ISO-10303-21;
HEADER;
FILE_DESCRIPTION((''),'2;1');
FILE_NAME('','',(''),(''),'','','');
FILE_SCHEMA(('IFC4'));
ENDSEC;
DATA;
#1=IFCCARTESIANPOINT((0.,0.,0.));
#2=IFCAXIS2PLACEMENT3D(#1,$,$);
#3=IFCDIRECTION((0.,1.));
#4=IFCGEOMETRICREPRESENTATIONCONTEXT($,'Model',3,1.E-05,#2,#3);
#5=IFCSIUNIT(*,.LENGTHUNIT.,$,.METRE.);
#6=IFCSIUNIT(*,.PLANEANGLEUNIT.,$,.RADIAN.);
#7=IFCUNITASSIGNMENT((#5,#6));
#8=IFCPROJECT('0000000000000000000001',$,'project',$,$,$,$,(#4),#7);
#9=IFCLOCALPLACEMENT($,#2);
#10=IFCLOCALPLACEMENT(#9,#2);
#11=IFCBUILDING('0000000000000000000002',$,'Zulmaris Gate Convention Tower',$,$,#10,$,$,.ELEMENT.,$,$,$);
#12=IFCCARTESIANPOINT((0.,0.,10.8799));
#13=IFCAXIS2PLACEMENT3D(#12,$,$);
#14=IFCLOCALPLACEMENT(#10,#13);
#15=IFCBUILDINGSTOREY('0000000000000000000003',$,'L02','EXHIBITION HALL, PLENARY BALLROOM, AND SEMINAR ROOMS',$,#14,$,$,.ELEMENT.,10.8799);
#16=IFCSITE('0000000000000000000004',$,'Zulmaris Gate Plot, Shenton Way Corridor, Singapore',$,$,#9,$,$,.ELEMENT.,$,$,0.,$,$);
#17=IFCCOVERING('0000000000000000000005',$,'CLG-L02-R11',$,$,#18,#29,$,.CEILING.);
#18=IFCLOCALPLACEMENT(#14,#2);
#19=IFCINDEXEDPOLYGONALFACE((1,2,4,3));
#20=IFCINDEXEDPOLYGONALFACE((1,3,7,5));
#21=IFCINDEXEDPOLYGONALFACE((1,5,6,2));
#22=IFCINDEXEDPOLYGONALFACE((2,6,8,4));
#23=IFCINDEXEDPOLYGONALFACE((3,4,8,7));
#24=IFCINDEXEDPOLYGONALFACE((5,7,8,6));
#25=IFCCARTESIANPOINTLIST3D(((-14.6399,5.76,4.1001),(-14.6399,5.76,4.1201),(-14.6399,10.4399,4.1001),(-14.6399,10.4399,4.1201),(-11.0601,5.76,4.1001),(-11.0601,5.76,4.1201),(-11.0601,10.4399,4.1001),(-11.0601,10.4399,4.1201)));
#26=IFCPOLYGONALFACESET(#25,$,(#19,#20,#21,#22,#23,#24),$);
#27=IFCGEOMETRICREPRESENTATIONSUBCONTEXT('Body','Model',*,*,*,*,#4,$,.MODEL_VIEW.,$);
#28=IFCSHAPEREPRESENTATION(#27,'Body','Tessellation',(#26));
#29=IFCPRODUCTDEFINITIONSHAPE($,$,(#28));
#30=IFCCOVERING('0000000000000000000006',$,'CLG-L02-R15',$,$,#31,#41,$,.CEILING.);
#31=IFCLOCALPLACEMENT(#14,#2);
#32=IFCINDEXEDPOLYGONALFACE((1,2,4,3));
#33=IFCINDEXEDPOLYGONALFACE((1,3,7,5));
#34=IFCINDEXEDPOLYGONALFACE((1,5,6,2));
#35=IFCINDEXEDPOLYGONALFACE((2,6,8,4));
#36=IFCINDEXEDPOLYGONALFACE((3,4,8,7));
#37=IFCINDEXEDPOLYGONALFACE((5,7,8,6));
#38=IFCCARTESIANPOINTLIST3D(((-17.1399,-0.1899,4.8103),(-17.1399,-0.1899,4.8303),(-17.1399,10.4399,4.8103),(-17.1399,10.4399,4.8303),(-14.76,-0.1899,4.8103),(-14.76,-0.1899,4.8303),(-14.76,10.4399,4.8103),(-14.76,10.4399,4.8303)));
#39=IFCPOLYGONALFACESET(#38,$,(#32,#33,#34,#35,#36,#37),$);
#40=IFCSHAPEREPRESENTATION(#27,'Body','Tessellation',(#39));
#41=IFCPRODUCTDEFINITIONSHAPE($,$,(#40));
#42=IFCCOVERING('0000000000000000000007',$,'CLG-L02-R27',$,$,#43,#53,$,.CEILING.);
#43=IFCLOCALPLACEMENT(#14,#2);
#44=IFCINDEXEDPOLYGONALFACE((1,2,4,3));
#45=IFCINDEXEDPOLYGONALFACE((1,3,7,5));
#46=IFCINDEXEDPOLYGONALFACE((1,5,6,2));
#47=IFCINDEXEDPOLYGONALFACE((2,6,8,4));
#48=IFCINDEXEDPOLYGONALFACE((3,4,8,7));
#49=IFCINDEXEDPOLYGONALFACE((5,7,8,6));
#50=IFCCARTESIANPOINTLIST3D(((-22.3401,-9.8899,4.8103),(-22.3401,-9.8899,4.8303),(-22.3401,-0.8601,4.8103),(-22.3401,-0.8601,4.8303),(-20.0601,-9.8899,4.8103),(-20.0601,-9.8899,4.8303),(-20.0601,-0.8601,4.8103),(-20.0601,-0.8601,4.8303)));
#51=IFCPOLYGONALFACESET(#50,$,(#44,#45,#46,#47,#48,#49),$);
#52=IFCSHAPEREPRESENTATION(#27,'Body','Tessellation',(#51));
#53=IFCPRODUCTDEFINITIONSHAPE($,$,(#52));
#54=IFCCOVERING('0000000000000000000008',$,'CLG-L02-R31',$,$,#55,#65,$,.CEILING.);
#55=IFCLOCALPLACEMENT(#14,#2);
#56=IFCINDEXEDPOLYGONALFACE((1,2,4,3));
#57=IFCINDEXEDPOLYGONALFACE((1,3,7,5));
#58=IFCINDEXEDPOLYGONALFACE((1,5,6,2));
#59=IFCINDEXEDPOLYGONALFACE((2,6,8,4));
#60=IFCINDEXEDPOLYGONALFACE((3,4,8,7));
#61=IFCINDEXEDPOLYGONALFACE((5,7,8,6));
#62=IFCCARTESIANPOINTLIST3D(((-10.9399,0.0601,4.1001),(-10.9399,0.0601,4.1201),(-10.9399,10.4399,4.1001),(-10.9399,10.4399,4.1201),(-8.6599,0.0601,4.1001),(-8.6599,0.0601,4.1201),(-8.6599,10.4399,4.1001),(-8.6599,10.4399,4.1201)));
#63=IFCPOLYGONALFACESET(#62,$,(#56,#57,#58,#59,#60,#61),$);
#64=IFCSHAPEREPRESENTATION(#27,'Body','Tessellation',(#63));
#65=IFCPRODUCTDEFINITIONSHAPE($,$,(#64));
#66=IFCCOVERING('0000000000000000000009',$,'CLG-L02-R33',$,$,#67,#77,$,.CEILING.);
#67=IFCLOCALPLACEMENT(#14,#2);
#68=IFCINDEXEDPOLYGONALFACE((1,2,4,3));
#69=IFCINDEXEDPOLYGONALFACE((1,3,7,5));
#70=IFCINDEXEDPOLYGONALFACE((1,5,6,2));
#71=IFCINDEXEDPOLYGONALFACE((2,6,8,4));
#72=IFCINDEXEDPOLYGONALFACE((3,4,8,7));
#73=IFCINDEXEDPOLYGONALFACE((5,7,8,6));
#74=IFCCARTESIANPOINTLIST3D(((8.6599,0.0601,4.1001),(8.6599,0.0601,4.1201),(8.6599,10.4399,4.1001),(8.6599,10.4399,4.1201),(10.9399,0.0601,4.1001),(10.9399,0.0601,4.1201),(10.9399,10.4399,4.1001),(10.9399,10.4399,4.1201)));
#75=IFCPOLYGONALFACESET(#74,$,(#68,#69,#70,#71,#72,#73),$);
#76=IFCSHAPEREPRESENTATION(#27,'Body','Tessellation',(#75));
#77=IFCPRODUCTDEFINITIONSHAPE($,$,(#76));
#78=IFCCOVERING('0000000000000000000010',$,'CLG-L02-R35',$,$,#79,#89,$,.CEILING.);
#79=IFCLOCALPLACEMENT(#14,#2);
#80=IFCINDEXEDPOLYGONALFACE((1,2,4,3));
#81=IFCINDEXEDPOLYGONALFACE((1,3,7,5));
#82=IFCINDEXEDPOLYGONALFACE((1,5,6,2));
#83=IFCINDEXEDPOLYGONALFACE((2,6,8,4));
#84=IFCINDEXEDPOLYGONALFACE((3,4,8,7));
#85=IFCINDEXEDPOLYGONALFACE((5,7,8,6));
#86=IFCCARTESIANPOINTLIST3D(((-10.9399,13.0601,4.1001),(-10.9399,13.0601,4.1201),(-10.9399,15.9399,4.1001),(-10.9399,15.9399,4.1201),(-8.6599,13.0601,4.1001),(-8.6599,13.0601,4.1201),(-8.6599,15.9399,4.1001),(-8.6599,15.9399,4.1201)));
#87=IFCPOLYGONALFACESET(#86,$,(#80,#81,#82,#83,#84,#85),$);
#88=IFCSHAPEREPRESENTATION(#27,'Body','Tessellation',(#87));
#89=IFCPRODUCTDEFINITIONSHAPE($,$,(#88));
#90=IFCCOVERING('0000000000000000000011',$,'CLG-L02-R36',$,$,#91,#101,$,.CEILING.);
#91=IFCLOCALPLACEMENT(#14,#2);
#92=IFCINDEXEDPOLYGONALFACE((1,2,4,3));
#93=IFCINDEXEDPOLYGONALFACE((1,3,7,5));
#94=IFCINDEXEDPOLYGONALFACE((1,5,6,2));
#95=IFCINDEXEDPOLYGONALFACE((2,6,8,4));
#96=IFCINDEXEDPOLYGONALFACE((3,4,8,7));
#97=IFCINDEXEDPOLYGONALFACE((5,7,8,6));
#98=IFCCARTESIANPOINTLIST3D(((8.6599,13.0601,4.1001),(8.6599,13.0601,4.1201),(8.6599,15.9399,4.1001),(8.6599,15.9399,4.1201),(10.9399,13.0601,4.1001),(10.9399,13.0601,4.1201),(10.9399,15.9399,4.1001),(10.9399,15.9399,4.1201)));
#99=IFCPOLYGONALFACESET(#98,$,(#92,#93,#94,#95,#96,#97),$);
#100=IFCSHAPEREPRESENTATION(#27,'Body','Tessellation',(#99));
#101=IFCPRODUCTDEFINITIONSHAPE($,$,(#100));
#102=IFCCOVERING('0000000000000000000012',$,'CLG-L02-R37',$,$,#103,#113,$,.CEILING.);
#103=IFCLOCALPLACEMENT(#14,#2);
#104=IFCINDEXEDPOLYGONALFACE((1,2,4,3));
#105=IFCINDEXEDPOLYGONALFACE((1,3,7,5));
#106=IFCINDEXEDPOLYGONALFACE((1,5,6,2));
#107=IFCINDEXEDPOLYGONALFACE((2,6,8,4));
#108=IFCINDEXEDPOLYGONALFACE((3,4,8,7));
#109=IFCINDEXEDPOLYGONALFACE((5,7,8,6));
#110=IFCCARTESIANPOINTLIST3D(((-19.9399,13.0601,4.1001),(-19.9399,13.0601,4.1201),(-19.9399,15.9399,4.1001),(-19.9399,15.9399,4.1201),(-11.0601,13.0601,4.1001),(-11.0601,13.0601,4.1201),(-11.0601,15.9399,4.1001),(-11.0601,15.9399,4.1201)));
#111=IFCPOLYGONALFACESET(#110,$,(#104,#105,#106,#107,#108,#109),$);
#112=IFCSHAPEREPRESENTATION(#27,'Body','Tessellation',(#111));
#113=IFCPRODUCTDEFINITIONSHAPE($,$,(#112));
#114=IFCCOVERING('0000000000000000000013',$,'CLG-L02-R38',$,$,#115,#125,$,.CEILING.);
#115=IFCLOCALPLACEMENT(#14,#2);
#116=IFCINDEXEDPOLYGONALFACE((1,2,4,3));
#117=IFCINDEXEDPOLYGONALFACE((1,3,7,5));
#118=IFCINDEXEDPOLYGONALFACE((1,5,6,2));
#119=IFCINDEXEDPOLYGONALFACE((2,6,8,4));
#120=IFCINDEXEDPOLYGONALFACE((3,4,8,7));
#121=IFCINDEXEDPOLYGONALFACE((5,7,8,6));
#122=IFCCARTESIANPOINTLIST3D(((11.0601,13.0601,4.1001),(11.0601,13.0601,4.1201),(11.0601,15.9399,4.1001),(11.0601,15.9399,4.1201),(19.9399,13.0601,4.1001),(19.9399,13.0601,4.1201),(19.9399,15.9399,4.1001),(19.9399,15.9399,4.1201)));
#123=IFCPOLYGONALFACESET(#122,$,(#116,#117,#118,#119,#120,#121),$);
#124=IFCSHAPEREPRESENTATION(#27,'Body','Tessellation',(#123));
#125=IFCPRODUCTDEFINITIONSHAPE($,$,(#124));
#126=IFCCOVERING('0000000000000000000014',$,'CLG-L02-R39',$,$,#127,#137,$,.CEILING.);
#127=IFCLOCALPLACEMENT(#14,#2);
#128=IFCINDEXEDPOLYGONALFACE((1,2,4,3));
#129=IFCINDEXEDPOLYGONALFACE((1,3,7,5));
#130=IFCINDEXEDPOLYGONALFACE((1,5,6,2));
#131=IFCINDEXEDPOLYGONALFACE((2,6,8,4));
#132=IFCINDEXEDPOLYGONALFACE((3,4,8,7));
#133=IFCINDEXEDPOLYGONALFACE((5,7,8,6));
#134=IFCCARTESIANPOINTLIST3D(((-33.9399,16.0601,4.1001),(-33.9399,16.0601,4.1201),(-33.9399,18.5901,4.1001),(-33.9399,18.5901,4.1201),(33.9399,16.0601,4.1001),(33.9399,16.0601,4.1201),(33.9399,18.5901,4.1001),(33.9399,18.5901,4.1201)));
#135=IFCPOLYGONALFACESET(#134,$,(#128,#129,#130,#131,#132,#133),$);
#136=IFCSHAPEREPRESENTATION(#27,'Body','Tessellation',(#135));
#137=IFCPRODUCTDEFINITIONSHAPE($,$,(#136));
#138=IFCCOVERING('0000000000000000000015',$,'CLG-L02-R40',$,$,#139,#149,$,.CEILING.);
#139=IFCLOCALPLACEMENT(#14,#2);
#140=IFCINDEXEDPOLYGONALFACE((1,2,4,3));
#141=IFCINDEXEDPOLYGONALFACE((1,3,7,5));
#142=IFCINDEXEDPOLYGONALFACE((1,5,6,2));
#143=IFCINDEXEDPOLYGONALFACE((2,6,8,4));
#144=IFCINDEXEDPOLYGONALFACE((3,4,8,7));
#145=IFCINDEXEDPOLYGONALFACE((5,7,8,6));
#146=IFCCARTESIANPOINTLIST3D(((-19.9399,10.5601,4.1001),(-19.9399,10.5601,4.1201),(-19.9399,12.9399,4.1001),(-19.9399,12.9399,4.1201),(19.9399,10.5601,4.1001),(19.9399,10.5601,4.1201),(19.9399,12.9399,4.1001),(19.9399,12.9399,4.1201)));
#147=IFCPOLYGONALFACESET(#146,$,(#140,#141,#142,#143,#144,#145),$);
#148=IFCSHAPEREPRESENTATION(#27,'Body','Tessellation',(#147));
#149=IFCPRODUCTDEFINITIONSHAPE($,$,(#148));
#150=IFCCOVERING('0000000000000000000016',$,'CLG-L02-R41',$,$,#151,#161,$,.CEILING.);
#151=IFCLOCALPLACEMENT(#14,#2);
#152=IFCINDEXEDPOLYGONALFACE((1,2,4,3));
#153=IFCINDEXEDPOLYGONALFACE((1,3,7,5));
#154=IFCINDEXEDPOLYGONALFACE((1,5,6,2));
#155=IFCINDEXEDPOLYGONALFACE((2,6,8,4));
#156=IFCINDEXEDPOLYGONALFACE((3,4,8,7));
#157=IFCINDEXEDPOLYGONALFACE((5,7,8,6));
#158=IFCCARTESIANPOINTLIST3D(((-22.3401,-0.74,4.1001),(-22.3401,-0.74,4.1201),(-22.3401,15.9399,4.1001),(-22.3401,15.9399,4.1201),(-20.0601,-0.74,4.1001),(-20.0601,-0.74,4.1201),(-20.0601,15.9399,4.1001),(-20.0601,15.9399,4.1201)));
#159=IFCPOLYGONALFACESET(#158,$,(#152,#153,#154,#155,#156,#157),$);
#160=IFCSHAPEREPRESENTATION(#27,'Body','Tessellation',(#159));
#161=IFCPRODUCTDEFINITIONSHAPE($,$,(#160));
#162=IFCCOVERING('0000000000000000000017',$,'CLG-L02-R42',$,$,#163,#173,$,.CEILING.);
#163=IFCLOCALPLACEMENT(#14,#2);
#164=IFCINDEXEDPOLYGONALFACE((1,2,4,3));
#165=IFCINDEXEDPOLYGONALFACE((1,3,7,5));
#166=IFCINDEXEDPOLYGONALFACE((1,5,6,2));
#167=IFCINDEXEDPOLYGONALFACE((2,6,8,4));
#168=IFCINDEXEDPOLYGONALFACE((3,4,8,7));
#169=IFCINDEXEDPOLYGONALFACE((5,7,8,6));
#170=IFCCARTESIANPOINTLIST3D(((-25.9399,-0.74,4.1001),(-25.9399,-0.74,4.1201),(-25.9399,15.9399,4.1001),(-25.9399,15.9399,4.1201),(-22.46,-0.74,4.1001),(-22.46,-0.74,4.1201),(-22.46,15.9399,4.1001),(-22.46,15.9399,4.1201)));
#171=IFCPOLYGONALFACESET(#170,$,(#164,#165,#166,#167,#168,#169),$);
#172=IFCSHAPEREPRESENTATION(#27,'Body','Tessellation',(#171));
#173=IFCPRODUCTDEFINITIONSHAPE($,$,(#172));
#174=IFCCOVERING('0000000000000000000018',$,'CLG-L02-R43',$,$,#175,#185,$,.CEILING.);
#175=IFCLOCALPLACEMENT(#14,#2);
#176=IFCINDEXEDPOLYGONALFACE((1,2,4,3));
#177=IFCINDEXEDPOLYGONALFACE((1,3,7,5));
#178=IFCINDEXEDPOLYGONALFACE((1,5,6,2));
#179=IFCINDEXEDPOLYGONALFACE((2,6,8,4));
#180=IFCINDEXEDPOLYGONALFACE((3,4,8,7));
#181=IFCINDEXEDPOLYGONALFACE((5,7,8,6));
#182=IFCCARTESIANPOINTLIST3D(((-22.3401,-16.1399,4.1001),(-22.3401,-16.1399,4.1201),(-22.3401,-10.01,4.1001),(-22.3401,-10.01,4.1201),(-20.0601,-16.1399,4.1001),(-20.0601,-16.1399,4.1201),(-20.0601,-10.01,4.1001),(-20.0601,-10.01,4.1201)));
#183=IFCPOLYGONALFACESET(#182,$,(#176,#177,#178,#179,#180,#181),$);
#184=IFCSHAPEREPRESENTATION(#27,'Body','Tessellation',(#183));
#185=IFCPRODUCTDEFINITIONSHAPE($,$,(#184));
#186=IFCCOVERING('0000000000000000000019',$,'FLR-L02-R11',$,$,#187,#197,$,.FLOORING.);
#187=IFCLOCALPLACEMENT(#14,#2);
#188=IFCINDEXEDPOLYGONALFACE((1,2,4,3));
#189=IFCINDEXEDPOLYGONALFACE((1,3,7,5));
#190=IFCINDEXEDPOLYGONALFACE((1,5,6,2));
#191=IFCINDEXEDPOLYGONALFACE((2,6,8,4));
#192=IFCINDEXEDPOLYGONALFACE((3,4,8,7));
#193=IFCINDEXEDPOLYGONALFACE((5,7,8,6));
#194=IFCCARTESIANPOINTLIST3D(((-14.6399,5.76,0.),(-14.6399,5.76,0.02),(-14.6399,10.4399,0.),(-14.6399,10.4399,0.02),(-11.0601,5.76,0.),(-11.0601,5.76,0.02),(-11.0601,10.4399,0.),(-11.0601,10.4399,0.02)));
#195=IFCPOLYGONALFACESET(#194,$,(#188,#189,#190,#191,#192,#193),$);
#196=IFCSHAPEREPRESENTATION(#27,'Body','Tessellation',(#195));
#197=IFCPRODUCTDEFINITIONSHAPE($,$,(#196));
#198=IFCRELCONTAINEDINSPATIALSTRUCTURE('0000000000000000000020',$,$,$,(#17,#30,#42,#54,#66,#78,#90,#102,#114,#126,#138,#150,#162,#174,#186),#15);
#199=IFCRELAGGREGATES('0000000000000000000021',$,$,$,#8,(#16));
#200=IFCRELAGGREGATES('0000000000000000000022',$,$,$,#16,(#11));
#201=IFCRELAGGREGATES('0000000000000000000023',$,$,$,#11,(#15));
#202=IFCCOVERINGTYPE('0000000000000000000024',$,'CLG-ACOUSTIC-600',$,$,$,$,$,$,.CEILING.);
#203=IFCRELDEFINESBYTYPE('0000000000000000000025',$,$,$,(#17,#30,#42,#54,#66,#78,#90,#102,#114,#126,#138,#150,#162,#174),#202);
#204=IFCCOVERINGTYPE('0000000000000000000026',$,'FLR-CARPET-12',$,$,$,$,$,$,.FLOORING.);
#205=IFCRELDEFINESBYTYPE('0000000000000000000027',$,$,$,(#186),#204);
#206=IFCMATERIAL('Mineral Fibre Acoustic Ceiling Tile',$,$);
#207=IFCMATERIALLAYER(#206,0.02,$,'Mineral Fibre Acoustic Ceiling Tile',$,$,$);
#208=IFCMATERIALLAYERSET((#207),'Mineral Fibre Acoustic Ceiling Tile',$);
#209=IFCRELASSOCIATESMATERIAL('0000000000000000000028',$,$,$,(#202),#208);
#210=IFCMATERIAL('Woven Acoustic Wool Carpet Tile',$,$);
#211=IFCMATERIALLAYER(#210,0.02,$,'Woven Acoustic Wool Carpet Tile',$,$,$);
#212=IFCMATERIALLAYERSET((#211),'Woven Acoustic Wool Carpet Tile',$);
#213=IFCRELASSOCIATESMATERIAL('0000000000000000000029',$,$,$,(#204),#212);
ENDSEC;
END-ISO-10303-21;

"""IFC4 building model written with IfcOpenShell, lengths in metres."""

from ifc_helpers import new_model, si_unit, direction, frame, origin, place, context, subcontext, project, spatial, polyline, outline, extrude, material, layer, layer_set, type_object, element, save


model = new_model("IFC4")

# Units and contexts
model_context = context("Model", 3, precision=1e-05, world=origin(), true_north=direction((0.0, 1.0)))
body_context = subcontext(model_context, "Body", "Model", "MODEL_VIEW")
ifc_project = project(units=[si_unit("LENGTHUNIT", "METRE"), si_unit("PLANEANGLEUNIT", "RADIAN")], contexts=[model_context])

# Site, building, storey
site_placement = place(None, origin())
site = spatial("IfcSite", under=ifc_project, at=site_placement, Name="Zulmaris Gate Plot, Shenton Way Corridor, Singapore", CompositionType="ELEMENT", RefElevation=0.0)
building_placement = place(site_placement, origin())
building = spatial("IfcBuilding", under=site, at=building_placement, Name="Zulmaris Gate Convention Tower", CompositionType="ELEMENT")
storey_placement = place(building_placement, frame((0.0, 0.0, 10.8799)))
storey = spatial("IfcBuildingStorey", under=building, at=storey_placement, Name="L02", Description="EXHIBITION HALL, PLENARY BALLROOM, AND SEMINAR ROOMS", CompositionType="ELEMENT", Elevation=10.8799)

# Coverings
ifc_material_1 = material(Name="Mineral Fibre Acoustic Ceiling Tile")
ifc_layer_1 = layer(ifc_material_1, 0.02, Name="Mineral Fibre Acoustic Ceiling Tile")
ifc_layer_set_1 = layer_set([ifc_layer_1], Name="Mineral Fibre Acoustic Ceiling Tile")
covering_type_1 = type_object("IfcCoveringType", Name="CLG-ACOUSTIC-600", PredefinedType="CEILING", material=ifc_layer_set_1)
covering_1_placement = place(storey_placement, frame((0.0, 0.0, 4.1001)))
element("IfcCovering", 1, at=covering_1_placement, inside=storey, type_object=covering_type_1, Name="CLG-L02-R11", PredefinedType="CEILING", context=body_context, shape_type="SweptSolid", body=[
    extrude(outline(polyline([(-14.6399, 5.76), (-11.0601, 5.76), (-11.0601, 10.4399), (-14.6399, 10.4399), (-14.6399, 5.76)])), origin(), (0.0, 0.0, 1.0), 0.02),
])
covering_2_placement = place(storey_placement, frame((0.0, 0.0, 4.8103)))
element("IfcCovering", 2, at=covering_2_placement, inside=storey, type_object=covering_type_1, Name="CLG-L02-R15", PredefinedType="CEILING", context=body_context, shape_type="SweptSolid", body=[
    extrude(outline(polyline([(-17.1399, -0.1899), (-14.76, -0.1899), (-14.76, 10.4399), (-17.1399, 10.4399), (-17.1399, -0.1899)])), origin(), (0.0, 0.0, 1.0), 0.02),
])
covering_3_placement = place(storey_placement, frame((0.0, 0.0, 4.8103)))
element("IfcCovering", 3, at=covering_3_placement, inside=storey, type_object=covering_type_1, Name="CLG-L02-R27", PredefinedType="CEILING", context=body_context, shape_type="SweptSolid", body=[
    extrude(outline(polyline([(-22.3401, -9.8899), (-20.0601, -9.8899), (-20.0601, -0.8601), (-22.3401, -0.8601), (-22.3401, -9.8899)])), origin(), (0.0, 0.0, 1.0), 0.02),
])
covering_4_placement = place(storey_placement, frame((0.0, 0.0, 4.1001)))
element("IfcCovering", 4, at=covering_4_placement, inside=storey, type_object=covering_type_1, Name="CLG-L02-R31", PredefinedType="CEILING", context=body_context, shape_type="SweptSolid", body=[
    extrude(outline(polyline([(-10.9399, 0.0601), (-8.6599, 0.0601), (-8.6599, 10.4399), (-10.9399, 10.4399), (-10.9399, 0.0601)])), origin(), (0.0, 0.0, 1.0), 0.02),
])
covering_5_placement = place(storey_placement, frame((0.0, 0.0, 4.1001)))
element("IfcCovering", 5, at=covering_5_placement, inside=storey, type_object=covering_type_1, Name="CLG-L02-R33", PredefinedType="CEILING", context=body_context, shape_type="SweptSolid", body=[
    extrude(outline(polyline([(8.6599, 0.0601), (10.9399, 0.0601), (10.9399, 10.4399), (8.6599, 10.4399), (8.6599, 0.0601)])), origin(), (0.0, 0.0, 1.0), 0.02),
])
covering_6_placement = place(storey_placement, frame((0.0, 0.0, 4.1001)))
element("IfcCovering", 6, at=covering_6_placement, inside=storey, type_object=covering_type_1, Name="CLG-L02-R35", PredefinedType="CEILING", context=body_context, shape_type="SweptSolid", body=[
    extrude(outline(polyline([(-10.9399, 13.0601), (-8.6599, 13.0601), (-8.6599, 15.9399), (-10.9399, 15.9399), (-10.9399, 13.0601)])), origin(), (0.0, 0.0, 1.0), 0.02),
])
covering_7_placement = place(storey_placement, frame((0.0, 0.0, 4.1001)))
element("IfcCovering", 7, at=covering_7_placement, inside=storey, type_object=covering_type_1, Name="CLG-L02-R36", PredefinedType="CEILING", context=body_context, shape_type="SweptSolid", body=[
    extrude(outline(polyline([(8.6599, 13.0601), (10.9399, 13.0601), (10.9399, 15.9399), (8.6599, 15.9399), (8.6599, 13.0601)])), origin(), (0.0, 0.0, 1.0), 0.02),
])
covering_8_placement = place(storey_placement, frame((0.0, 0.0, 4.1001)))
element("IfcCovering", 8, at=covering_8_placement, inside=storey, type_object=covering_type_1, Name="CLG-L02-R37", PredefinedType="CEILING", context=body_context, shape_type="SweptSolid", body=[
    extrude(outline(polyline([(-19.9399, 13.0601), (-11.0601, 13.0601), (-11.0601, 15.9399), (-19.9399, 15.9399), (-19.9399, 13.0601)])), origin(), (0.0, 0.0, 1.0), 0.02),
])
covering_9_placement = place(storey_placement, frame((0.0, 0.0, 4.1001)))
element("IfcCovering", 9, at=covering_9_placement, inside=storey, type_object=covering_type_1, Name="CLG-L02-R38", PredefinedType="CEILING", context=body_context, shape_type="SweptSolid", body=[
    extrude(outline(polyline([(11.0601, 13.0601), (19.9399, 13.0601), (19.9399, 15.9399), (11.0601, 15.9399), (11.0601, 13.0601)])), origin(), (0.0, 0.0, 1.0), 0.02),
])
covering_10_placement = place(storey_placement, frame((0.0, 0.0, 4.1001)))
element("IfcCovering", 10, at=covering_10_placement, inside=storey, type_object=covering_type_1, Name="CLG-L02-R39", PredefinedType="CEILING", context=body_context, shape_type="SweptSolid", body=[
    extrude(outline(polyline([(-33.9399, 16.0601), (33.9399, 16.0601), (33.9399, 18.5901), (-33.9399, 18.5901), (-33.9399, 16.0601)])), origin(), (0.0, 0.0, 1.0), 0.02),
])
covering_11_placement = place(storey_placement, frame((0.0, 0.0, 4.1001)))
element("IfcCovering", 11, at=covering_11_placement, inside=storey, type_object=covering_type_1, Name="CLG-L02-R40", PredefinedType="CEILING", context=body_context, shape_type="SweptSolid", body=[
    extrude(outline(polyline([(-19.9399, 10.5601), (19.9399, 10.5601), (19.9399, 12.9399), (-19.9399, 12.9399), (-19.9399, 10.5601)])), origin(), (0.0, 0.0, 1.0), 0.02),
])
covering_12_placement = place(storey_placement, frame((0.0, 0.0, 4.1001)))
element("IfcCovering", 12, at=covering_12_placement, inside=storey, type_object=covering_type_1, Name="CLG-L02-R41", PredefinedType="CEILING", context=body_context, shape_type="SweptSolid", body=[
    extrude(outline(polyline([(-22.3401, -0.74), (-20.0601, -0.74), (-20.0601, 15.9399), (-22.3401, 15.9399), (-22.3401, -0.74)])), origin(), (0.0, 0.0, 1.0), 0.02),
])
covering_13_placement = place(storey_placement, frame((0.0, 0.0, 4.1001)))
element("IfcCovering", 13, at=covering_13_placement, inside=storey, type_object=covering_type_1, Name="CLG-L02-R42", PredefinedType="CEILING", context=body_context, shape_type="SweptSolid", body=[
    extrude(outline(polyline([(-25.9399, -0.74), (-22.46, -0.74), (-22.46, 15.9399), (-25.9399, 15.9399), (-25.9399, -0.74)])), origin(), (0.0, 0.0, 1.0), 0.02),
])
covering_14_placement = place(storey_placement, frame((0.0, 0.0, 4.1001)))
element("IfcCovering", 14, at=covering_14_placement, inside=storey, type_object=covering_type_1, Name="CLG-L02-R43", PredefinedType="CEILING", context=body_context, shape_type="SweptSolid", body=[
    extrude(outline(polyline([(-22.3401, -16.1399), (-20.0601, -16.1399), (-20.0601, -10.01), (-22.3401, -10.01), (-22.3401, -16.1399)])), origin(), (0.0, 0.0, 1.0), 0.02),
])
ifc_material_2 = material(Name="Woven Acoustic Wool Carpet Tile")
ifc_layer_2 = layer(ifc_material_2, 0.02, Name="Woven Acoustic Wool Carpet Tile")
ifc_layer_set_2 = layer_set([ifc_layer_2], Name="Woven Acoustic Wool Carpet Tile")
covering_type_2 = type_object("IfcCoveringType", Name="FLR-CARPET-12", PredefinedType="FLOORING", material=ifc_layer_set_2)
covering_15_placement = place(storey_placement, origin())
element("IfcCovering", 15, at=covering_15_placement, inside=storey, type_object=covering_type_2, Name="FLR-L02-R11", PredefinedType="FLOORING", context=body_context, shape_type="SweptSolid", body=[
    extrude(outline(polyline([(-14.6399, 5.76), (-11.0601, 5.76), (-11.0601, 10.4399), (-14.6399, 10.4399), (-14.6399, 5.76)])), origin(), (0.0, 0.0, 1.0), 0.02),
])

save(model, "model.ifc")
